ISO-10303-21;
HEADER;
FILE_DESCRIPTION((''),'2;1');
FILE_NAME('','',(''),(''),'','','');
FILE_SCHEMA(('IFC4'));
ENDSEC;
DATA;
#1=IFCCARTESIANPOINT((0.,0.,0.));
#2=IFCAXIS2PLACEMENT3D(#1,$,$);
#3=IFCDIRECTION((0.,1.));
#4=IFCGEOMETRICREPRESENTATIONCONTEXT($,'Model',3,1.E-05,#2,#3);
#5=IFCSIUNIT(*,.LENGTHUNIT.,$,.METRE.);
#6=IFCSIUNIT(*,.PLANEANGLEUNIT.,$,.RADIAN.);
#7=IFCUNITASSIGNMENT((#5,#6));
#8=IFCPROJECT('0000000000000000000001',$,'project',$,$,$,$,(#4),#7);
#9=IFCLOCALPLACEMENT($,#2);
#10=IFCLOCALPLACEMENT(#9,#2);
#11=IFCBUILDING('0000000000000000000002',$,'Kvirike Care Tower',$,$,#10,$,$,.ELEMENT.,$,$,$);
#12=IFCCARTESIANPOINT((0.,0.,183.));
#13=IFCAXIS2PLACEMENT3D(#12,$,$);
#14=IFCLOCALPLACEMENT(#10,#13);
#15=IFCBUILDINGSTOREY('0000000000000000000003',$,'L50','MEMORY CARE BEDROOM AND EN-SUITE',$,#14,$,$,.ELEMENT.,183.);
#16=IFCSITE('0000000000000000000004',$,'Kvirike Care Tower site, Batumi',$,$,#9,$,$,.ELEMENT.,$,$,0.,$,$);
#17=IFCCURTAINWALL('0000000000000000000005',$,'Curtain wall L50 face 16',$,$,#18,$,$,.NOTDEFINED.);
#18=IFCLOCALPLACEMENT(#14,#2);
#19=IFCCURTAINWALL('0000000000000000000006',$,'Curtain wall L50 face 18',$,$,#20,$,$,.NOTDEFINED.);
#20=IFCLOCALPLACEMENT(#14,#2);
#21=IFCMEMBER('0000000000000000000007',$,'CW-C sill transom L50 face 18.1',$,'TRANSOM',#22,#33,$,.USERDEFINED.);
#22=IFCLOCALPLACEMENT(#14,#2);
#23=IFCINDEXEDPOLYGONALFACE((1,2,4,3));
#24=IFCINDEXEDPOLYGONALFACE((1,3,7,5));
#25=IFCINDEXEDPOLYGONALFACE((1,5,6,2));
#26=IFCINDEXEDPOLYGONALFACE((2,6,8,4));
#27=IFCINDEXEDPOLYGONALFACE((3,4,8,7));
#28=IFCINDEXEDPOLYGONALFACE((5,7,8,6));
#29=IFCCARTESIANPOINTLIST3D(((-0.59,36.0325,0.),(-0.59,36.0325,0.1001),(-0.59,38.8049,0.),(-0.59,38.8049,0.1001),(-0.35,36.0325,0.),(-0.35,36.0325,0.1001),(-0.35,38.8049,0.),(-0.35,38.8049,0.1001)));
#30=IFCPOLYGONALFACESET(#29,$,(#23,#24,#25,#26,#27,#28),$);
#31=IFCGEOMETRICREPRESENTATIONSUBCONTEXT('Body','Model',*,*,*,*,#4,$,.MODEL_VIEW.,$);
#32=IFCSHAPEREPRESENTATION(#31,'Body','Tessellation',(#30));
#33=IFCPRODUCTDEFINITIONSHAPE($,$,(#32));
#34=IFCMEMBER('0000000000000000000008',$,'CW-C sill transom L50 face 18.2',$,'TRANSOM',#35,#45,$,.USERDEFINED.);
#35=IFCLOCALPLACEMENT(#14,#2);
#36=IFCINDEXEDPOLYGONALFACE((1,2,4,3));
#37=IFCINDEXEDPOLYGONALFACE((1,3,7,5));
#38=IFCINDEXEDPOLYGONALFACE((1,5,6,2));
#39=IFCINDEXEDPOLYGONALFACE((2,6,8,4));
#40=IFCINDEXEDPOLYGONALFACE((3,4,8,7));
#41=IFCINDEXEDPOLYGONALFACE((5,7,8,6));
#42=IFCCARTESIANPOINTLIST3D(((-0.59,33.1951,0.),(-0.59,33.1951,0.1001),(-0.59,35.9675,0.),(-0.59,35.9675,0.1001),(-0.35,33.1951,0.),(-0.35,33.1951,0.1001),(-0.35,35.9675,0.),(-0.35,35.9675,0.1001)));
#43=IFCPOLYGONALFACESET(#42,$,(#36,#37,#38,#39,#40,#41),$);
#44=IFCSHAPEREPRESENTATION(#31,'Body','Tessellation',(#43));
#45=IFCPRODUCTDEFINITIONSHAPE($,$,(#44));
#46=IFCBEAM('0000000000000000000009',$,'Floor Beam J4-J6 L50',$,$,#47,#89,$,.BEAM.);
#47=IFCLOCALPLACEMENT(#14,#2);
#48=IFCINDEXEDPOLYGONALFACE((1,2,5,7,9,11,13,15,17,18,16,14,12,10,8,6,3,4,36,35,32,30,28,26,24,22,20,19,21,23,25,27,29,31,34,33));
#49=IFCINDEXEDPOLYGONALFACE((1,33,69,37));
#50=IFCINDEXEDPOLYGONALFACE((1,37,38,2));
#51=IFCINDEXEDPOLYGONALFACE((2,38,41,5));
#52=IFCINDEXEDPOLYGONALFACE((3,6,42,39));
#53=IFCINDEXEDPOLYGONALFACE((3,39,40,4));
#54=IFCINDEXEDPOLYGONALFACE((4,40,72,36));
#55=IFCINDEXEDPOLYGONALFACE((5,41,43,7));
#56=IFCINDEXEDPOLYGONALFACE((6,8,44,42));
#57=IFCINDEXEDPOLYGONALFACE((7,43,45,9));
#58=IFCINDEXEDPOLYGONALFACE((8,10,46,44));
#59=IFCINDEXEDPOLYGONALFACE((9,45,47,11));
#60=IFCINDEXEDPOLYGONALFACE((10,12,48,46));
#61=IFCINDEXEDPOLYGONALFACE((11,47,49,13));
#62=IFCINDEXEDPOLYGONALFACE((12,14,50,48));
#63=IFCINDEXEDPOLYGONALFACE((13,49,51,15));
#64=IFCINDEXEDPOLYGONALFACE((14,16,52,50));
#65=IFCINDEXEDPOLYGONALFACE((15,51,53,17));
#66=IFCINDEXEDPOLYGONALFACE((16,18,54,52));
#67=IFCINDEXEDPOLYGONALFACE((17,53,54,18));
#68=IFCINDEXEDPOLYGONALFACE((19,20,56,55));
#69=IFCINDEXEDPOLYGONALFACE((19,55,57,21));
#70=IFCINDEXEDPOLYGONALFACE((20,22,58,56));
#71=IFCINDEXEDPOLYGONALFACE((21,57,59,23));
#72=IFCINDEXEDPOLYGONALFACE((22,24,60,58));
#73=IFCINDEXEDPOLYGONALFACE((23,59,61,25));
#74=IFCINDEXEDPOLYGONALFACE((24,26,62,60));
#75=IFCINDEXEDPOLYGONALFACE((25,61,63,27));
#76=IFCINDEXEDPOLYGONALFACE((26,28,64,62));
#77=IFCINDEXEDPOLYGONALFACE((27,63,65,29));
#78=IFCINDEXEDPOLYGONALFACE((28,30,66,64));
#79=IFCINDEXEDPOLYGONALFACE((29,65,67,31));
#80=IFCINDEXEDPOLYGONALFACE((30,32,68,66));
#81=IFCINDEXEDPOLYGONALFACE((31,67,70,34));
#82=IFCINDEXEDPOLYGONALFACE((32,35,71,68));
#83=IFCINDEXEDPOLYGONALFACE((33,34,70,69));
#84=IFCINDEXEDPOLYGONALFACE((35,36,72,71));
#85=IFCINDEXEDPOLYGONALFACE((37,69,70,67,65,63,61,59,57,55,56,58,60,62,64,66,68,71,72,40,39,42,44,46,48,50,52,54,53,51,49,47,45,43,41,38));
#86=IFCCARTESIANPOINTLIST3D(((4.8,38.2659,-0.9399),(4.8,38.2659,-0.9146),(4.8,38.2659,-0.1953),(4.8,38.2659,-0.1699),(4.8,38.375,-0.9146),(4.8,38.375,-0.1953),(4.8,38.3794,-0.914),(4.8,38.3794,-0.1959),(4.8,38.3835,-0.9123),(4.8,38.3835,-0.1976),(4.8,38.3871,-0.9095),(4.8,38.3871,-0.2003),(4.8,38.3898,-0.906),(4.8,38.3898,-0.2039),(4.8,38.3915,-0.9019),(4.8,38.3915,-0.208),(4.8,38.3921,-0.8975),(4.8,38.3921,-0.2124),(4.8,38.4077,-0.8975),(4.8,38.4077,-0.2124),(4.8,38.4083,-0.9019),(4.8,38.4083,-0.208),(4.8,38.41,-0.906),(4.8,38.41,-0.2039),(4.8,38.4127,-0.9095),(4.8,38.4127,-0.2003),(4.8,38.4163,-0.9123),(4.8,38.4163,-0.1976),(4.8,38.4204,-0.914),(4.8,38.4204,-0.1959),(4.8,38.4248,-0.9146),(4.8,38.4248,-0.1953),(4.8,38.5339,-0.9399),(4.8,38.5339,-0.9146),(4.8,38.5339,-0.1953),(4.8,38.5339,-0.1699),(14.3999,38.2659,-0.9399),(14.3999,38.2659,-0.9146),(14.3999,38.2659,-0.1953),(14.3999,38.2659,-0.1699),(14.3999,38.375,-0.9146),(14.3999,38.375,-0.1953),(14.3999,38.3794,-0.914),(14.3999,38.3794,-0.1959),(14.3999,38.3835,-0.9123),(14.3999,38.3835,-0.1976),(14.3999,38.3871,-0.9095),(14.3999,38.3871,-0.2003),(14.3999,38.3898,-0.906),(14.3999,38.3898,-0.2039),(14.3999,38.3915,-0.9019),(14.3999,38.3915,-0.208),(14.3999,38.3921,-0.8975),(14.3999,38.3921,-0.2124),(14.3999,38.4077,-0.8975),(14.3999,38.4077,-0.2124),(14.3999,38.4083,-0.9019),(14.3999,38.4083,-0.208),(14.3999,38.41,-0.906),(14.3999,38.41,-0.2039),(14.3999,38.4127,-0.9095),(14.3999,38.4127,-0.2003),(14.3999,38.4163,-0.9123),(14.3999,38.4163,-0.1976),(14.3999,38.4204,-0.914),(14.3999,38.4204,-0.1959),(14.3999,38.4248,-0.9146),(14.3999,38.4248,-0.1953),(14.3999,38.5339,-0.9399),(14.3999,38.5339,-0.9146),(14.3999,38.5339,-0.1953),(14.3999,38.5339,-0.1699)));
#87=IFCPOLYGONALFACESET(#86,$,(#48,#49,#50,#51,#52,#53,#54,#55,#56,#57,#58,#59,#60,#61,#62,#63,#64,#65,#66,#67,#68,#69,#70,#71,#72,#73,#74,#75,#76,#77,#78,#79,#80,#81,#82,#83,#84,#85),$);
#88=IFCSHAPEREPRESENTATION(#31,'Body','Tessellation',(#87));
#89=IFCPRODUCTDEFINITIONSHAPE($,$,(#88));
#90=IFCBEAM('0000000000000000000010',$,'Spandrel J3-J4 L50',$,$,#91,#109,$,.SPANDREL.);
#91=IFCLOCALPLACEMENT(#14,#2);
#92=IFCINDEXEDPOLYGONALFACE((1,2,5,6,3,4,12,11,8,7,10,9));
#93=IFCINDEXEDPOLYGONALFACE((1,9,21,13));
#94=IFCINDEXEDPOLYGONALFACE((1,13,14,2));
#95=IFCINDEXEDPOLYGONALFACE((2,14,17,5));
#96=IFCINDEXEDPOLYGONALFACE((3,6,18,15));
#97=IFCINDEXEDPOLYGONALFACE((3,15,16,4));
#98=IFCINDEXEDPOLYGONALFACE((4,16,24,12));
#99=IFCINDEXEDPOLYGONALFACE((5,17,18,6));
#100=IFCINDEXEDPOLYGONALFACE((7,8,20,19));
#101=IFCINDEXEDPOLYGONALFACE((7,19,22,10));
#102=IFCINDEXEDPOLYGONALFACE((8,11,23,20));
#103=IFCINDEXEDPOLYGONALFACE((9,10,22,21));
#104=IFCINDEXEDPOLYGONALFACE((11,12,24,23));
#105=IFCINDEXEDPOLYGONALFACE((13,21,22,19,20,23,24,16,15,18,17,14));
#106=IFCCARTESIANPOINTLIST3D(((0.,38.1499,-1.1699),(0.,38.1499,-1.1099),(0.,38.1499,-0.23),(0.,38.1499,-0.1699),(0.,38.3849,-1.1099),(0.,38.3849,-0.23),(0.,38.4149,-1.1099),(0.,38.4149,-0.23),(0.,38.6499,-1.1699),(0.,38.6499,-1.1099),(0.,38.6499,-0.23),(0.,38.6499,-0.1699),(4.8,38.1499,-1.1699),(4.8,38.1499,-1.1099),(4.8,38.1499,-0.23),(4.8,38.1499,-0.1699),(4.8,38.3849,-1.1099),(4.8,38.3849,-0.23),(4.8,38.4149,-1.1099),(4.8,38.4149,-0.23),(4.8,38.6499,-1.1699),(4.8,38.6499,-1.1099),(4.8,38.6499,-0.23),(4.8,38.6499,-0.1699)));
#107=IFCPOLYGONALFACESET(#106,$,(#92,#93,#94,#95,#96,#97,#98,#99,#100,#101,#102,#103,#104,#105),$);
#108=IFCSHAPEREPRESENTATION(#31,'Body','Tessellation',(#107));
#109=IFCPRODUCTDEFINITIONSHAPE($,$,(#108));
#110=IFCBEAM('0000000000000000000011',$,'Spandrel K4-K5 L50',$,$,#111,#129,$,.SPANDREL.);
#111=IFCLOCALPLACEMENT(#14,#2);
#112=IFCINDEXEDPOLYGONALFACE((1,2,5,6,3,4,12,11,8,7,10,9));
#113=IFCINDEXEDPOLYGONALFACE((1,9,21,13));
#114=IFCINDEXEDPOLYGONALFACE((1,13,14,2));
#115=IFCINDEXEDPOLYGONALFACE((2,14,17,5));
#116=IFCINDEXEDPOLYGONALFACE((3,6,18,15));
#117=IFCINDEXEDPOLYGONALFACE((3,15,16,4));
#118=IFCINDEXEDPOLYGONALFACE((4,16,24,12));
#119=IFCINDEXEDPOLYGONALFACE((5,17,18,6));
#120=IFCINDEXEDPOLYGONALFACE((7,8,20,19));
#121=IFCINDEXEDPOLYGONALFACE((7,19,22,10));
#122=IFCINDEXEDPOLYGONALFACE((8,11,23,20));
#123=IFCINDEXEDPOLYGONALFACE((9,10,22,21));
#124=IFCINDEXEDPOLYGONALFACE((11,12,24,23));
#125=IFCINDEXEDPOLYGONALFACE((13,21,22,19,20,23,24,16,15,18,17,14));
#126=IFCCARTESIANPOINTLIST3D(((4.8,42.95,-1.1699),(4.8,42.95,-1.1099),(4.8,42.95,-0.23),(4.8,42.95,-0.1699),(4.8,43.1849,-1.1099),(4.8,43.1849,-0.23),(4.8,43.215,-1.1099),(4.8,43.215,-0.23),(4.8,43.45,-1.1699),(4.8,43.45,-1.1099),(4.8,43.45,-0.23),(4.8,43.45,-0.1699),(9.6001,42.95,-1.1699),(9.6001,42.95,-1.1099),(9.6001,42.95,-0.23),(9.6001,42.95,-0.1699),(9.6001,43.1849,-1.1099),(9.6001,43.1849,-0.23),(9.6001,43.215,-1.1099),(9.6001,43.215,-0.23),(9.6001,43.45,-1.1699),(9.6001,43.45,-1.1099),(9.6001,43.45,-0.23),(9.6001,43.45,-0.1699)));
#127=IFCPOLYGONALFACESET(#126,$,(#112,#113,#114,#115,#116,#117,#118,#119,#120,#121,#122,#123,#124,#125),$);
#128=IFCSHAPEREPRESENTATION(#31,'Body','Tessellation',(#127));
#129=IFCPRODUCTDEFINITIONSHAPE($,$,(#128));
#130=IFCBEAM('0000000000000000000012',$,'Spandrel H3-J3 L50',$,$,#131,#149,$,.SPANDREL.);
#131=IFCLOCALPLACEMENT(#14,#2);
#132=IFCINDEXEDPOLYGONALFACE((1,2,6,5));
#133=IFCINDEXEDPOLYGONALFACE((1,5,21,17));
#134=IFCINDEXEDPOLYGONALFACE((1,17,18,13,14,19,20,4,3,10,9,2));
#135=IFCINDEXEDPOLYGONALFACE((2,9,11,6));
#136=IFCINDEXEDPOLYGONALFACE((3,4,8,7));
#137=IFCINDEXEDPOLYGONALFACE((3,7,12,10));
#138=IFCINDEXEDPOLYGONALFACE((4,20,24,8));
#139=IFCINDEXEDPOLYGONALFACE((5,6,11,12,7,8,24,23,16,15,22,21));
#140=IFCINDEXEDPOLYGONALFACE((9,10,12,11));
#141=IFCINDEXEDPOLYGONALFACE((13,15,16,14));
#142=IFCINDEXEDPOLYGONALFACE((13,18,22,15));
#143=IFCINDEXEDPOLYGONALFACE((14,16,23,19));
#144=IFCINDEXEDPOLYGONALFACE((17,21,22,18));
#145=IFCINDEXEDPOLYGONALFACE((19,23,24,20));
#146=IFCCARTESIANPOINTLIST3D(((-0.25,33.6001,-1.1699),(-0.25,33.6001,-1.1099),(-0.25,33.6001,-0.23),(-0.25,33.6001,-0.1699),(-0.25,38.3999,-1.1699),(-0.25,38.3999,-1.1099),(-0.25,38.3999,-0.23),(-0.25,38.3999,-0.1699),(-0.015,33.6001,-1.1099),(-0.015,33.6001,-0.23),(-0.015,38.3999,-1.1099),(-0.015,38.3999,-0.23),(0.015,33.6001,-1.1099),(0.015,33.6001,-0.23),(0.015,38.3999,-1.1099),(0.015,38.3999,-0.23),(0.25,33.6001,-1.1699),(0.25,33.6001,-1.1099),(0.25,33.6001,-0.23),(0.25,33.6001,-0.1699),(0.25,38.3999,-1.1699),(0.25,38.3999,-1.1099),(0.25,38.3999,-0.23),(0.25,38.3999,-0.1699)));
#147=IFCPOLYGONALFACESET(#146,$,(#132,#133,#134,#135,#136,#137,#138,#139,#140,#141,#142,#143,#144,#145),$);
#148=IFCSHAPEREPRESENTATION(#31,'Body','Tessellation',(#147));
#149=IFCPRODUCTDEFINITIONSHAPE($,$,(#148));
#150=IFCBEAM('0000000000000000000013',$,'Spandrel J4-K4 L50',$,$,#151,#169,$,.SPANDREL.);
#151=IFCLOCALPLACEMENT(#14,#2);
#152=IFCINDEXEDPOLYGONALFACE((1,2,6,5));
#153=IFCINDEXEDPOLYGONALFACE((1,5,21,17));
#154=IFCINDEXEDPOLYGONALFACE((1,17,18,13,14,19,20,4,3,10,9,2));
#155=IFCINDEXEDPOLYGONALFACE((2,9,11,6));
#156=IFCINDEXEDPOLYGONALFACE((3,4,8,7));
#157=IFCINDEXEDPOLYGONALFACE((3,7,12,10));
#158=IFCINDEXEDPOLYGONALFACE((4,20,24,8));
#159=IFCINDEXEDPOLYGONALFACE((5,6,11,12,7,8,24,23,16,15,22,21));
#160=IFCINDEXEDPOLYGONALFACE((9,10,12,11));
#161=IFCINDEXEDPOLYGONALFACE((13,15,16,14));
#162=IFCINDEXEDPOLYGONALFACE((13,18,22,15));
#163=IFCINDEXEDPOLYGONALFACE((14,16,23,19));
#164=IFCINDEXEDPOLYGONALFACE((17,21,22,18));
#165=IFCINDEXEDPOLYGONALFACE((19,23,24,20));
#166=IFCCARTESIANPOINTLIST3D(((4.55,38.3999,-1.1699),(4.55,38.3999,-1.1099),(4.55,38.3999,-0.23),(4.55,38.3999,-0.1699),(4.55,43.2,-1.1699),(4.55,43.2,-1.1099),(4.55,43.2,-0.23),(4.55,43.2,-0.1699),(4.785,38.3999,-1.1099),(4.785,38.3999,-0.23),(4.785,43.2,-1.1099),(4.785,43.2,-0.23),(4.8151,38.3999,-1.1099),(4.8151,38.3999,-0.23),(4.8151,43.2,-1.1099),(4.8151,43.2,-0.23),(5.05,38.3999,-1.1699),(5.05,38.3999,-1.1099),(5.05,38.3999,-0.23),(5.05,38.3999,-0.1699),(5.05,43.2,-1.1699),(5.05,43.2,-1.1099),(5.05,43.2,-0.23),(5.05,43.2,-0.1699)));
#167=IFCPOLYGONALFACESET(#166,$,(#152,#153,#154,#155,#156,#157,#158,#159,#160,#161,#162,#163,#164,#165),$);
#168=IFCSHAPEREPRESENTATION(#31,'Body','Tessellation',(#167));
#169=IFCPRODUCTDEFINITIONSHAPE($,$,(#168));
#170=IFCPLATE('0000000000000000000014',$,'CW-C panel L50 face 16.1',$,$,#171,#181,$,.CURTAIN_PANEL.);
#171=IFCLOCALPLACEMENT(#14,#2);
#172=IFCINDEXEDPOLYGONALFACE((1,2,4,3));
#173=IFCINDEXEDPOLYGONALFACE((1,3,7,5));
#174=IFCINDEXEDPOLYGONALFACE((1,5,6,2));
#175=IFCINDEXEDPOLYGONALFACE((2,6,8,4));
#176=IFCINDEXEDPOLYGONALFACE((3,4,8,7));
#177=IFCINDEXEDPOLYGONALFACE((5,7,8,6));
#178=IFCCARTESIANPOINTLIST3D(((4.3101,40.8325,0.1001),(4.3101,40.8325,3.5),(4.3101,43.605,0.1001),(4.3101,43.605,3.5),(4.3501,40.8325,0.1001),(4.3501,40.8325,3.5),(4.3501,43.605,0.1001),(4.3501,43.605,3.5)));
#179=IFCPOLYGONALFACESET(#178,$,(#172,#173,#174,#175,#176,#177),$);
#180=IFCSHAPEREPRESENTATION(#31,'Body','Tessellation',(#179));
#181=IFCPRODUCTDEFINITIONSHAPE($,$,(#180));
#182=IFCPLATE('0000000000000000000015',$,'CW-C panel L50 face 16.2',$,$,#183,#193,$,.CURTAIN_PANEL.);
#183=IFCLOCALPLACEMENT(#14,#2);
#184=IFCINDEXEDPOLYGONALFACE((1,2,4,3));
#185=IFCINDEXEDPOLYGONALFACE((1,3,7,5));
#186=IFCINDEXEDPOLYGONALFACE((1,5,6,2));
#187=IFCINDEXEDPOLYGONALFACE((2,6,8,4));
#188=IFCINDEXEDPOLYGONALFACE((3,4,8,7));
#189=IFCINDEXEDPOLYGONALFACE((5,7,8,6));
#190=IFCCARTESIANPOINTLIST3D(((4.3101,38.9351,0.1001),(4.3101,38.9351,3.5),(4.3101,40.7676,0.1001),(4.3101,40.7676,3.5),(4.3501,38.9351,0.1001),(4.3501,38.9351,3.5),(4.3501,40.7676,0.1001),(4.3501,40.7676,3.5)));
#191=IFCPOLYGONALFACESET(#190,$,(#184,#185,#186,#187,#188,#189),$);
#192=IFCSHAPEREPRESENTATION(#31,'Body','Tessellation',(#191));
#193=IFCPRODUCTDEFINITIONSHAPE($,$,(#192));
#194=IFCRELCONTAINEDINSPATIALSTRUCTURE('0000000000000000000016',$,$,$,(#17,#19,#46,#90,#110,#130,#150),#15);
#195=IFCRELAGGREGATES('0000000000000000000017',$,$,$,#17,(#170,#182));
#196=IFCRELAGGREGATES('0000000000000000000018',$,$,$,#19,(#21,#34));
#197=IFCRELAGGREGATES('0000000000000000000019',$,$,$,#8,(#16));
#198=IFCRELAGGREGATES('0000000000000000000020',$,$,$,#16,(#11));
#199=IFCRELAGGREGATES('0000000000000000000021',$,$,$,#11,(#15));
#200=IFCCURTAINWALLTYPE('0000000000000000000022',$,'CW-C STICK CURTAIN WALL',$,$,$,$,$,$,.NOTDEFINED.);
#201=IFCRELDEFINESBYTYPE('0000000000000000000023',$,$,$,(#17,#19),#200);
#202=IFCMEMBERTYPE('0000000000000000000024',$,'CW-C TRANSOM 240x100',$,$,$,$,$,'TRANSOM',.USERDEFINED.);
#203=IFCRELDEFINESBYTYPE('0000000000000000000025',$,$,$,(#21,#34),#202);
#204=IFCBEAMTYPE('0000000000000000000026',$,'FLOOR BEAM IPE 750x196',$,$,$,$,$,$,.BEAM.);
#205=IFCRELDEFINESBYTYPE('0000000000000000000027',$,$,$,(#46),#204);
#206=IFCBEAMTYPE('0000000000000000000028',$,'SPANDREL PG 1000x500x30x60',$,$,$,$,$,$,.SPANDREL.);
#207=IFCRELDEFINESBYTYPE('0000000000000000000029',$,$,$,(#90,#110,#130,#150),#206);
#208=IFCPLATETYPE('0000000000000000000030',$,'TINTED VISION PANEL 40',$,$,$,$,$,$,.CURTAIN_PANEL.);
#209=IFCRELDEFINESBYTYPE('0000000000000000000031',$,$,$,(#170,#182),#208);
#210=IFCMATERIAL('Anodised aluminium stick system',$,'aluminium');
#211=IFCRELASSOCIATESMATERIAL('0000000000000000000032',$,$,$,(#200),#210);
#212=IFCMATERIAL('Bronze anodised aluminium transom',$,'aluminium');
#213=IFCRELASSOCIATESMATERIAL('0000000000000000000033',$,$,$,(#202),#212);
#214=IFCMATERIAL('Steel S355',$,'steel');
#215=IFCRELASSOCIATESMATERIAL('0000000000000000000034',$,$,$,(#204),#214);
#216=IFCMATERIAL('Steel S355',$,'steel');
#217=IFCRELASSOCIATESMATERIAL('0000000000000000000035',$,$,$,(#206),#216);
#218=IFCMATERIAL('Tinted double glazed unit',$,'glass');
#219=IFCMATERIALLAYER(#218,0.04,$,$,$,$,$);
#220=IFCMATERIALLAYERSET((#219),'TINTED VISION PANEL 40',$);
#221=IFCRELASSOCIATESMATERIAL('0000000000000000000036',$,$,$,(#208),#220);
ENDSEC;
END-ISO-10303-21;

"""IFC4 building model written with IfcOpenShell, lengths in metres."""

from ifc_helpers import new_model, si_unit, direction, frame, origin, origin_2d, place, context, subcontext, project, spatial, rectangle, i_section, extrude, material, layer, layer_set, material_profile, profile_set, type_object, element, aggregate, save


model = new_model("IFC4")

# Units and contexts
model_context = context("Model", 3, precision=1e-05, world=origin(), true_north=direction((0.0, 1.0)))
body_context = subcontext(model_context, "Body", "Model", "MODEL_VIEW")
ifc_project = project(units=[si_unit("LENGTHUNIT", "METRE"), si_unit("PLANEANGLEUNIT", "RADIAN")], contexts=[model_context])

# Site, building, storey
site_placement = place(None, origin())
site = spatial("IfcSite", under=ifc_project, at=site_placement, Name="Kvirike Care Tower site, Batumi", CompositionType="ELEMENT", RefElevation=0.0)
building_placement = place(site_placement, origin())
building = spatial("IfcBuilding", under=site, at=building_placement, Name="Kvirike Care Tower", CompositionType="ELEMENT")
storey_placement = place(building_placement, frame((0.0, 0.0, 183.0)))
storey = spatial("IfcBuildingStorey", under=building, at=storey_placement, Name="L50", Description="MEMORY CARE BEDROOM AND EN-SUITE", CompositionType="ELEMENT", Elevation=183.0)

# Shared definitions
ifc_material_1 = material(Name="Anodised aluminium stick system", Category="aluminium")
curtain_wall_type = type_object("IfcCurtainWallType", Name="CW-C STICK CURTAIN WALL", PredefinedType="NOTDEFINED", material=ifc_material_1)

# Curtain wall
curtain_wall_1_placement = place(storey_placement, origin())
curtain_wall_1 = element("IfcCurtainWall", 1, at=curtain_wall_1_placement, inside=storey, type_object=curtain_wall_type, Name="Curtain wall L50 face 16", PredefinedType="NOTDEFINED")

# Curtain wall
curtain_wall_2_placement = place(storey_placement, origin())
curtain_wall_2 = element("IfcCurtainWall", 2, at=curtain_wall_2_placement, inside=storey, type_object=curtain_wall_type, Name="Curtain wall L50 face 18", PredefinedType="NOTDEFINED")

# Members
ifc_material_2 = material(Name="Bronze anodised aluminium transom", Category="aluminium")
ifc_material_profile_1 = material_profile(ifc_material_2, rectangle(XDim=0.24, YDim=0.1001, at=origin_2d()), Name="CW-C TRANSOM 240x100")
ifc_profile_set_1 = profile_set([ifc_material_profile_1], Name="Bronze anodised aluminium transom")
member_type_1 = type_object("IfcMemberType", Name="CW-C TRANSOM 240x100", ElementType="TRANSOM", PredefinedType="USERDEFINED", material=ifc_profile_set_1)
member_1_placement = place(storey_placement, frame((-0.47, 38.8049, 0.05), z_axis=(0.0, -1.0, 0.0), x_axis=(1.0, 0.0, 0.0)))
member_1 = element("IfcMember", 3, at=member_1_placement, type_object=member_type_1, Name="CW-C sill transom L50 face 18.1", ObjectType="TRANSOM", PredefinedType="USERDEFINED", context=body_context, shape_type="SweptSolid", body=[
    extrude(rectangle(XDim=0.24, YDim=0.1001, at=origin_2d()), origin(), (0.0, 0.0, 1.0), 2.7725),
])
member_2_placement = place(storey_placement, frame((-0.47, 35.9675, 0.05), z_axis=(0.0, -1.0, 0.0), x_axis=(1.0, 0.0, 0.0)))
member_2 = element("IfcMember", 4, at=member_2_placement, type_object=member_type_1, Name="CW-C sill transom L50 face 18.2", ObjectType="TRANSOM", PredefinedType="USERDEFINED", context=body_context, shape_type="SweptSolid", body=[
    extrude(rectangle(XDim=0.24, YDim=0.1001, at=origin_2d()), origin(), (0.0, 0.0, 1.0), 2.7725),
])

# Beams
ifc_material_3 = material(Name="Steel S355", Category="steel")
ifc_material_profile_2 = material_profile(ifc_material_3, i_section(OverallWidth=0.2681, OverallDepth=0.77, WebThickness=0.0156, FlangeThickness=0.0254, FilletRadius=0.0171, at=origin_2d()), Name="IPE 750x196")
ifc_profile_set_2 = profile_set([ifc_material_profile_2], Name="Steel S355")
beam_type_1 = type_object("IfcBeamType", Name="FLOOR BEAM IPE 750x196", PredefinedType="BEAM", material=ifc_profile_set_2)
beam_1_placement = place(storey_placement, frame((4.8, 38.3999, -0.5549), z_axis=(1.0, 0.0, 0.0), x_axis=(0.0, 1.0, 0.0)))
element("IfcBeam", 5, at=beam_1_placement, inside=storey, type_object=beam_type_1, Name="Floor Beam J4-J6 L50", PredefinedType="BEAM", context=body_context, shape_type="SweptSolid", body=[
    extrude(i_section(OverallWidth=0.2681, OverallDepth=0.77, WebThickness=0.0156, FlangeThickness=0.0254, FilletRadius=0.0171, at=origin_2d()), origin(), (0.0, 0.0, 1.0), 9.5999),
])
ifc_material_4 = material(Name="Steel S355", Category="steel")
ifc_material_profile_3 = material_profile(ifc_material_4, i_section(OverallWidth=0.5, OverallDepth=1.0, WebThickness=0.03, FlangeThickness=0.0601, at=origin_2d()), Name="PG 1000x500x30x60")
ifc_profile_set_3 = profile_set([ifc_material_profile_3], Name="Steel S355")
beam_type_2 = type_object("IfcBeamType", Name="SPANDREL PG 1000x500x30x60", PredefinedType="SPANDREL", material=ifc_profile_set_3)
for number, where, z_axis, x_axis, name in (
    (6, (0.0, 38.3999, -0.6699), (1.0, 0.0, 0.0), (0.0, 1.0, 0.0), "Spandrel J3-J4 L50"),
    (7, (4.8, 43.2, -0.6699), (1.0, 0.0, 0.0), (0.0, 1.0, 0.0), "Spandrel K4-K5 L50"),
):
    element("IfcBeam", number, at=place(storey_placement, frame(where, z_axis=z_axis, x_axis=x_axis)), inside=storey, type_object=beam_type_2, Name=name, PredefinedType="SPANDREL", context=body_context, shape_type="SweptSolid", body=[
        extrude(i_section(OverallWidth=0.5, OverallDepth=1.0, WebThickness=0.03, FlangeThickness=0.0601, at=origin_2d()), origin(), (0.0, 0.0, 1.0), 4.8),
    ])
beam_2_placement = place(storey_placement, frame((0.0, 33.6001, -0.6699), z_axis=(0.0, 1.0, 0.0), x_axis=(-1.0, 0.0, 0.0)))
element("IfcBeam", 8, at=beam_2_placement, inside=storey, type_object=beam_type_2, Name="Spandrel H3-J3 L50", PredefinedType="SPANDREL", context=body_context, shape_type="SweptSolid", body=[
    extrude(i_section(OverallWidth=0.5, OverallDepth=1.0, WebThickness=0.03, FlangeThickness=0.0601, at=origin_2d()), origin(), (0.0, 0.0, 1.0), 4.7998),
])
beam_3_placement = place(storey_placement, frame((4.8, 38.3999, -0.6699), z_axis=(0.0, 1.0, 0.0), x_axis=(-1.0, 0.0, 0.0)))
element("IfcBeam", 9, at=beam_3_placement, inside=storey, type_object=beam_type_2, Name="Spandrel J4-K4 L50", PredefinedType="SPANDREL", context=body_context, shape_type="SweptSolid", body=[
    extrude(i_section(OverallWidth=0.5, OverallDepth=1.0, WebThickness=0.03, FlangeThickness=0.0601, at=origin_2d()), origin(), (0.0, 0.0, 1.0), 4.8),
])

# Plates
ifc_material_5 = material(Name="Tinted double glazed unit", Category="glass")
ifc_layer_1 = layer(ifc_material_5, 0.04)
ifc_layer_set_1 = layer_set([ifc_layer_1], Name="TINTED VISION PANEL 40")
plate_type = type_object("IfcPlateType", Name="TINTED VISION PANEL 40", PredefinedType="CURTAIN_PANEL", material=ifc_layer_set_1)
plate_1_placement = place(storey_placement, frame((4.3301, 42.2188, 0.1001), z_axis=(0.0, 0.0, 1.0), x_axis=(0.0, -1.0, 0.0)))
plate_1 = element("IfcPlate", 10, at=plate_1_placement, type_object=plate_type, Name="CW-C panel L50 face 16.1", PredefinedType="CURTAIN_PANEL", context=body_context, shape_type="SweptSolid", body=[
    extrude(rectangle(XDim=2.7725, YDim=0.04, at=origin_2d()), origin(), (0.0, 0.0, 1.0), 3.3999),
])
plate_2_placement = place(storey_placement, frame((4.3301, 39.8513, 0.1001), z_axis=(0.0, 0.0, 1.0), x_axis=(0.0, -1.0, 0.0)))
plate_2 = element("IfcPlate", 11, at=plate_2_placement, type_object=plate_type, Name="CW-C panel L50 face 16.2", PredefinedType="CURTAIN_PANEL", context=body_context, shape_type="SweptSolid", body=[
    extrude(rectangle(XDim=1.8325, YDim=0.04, at=origin_2d()), origin(), (0.0, 0.0, 1.0), 3.3999),
])
aggregate(curtain_wall_1, [plate_1, plate_2])
aggregate(curtain_wall_2, [member_1, member_2])

save(model, "model.ifc")
